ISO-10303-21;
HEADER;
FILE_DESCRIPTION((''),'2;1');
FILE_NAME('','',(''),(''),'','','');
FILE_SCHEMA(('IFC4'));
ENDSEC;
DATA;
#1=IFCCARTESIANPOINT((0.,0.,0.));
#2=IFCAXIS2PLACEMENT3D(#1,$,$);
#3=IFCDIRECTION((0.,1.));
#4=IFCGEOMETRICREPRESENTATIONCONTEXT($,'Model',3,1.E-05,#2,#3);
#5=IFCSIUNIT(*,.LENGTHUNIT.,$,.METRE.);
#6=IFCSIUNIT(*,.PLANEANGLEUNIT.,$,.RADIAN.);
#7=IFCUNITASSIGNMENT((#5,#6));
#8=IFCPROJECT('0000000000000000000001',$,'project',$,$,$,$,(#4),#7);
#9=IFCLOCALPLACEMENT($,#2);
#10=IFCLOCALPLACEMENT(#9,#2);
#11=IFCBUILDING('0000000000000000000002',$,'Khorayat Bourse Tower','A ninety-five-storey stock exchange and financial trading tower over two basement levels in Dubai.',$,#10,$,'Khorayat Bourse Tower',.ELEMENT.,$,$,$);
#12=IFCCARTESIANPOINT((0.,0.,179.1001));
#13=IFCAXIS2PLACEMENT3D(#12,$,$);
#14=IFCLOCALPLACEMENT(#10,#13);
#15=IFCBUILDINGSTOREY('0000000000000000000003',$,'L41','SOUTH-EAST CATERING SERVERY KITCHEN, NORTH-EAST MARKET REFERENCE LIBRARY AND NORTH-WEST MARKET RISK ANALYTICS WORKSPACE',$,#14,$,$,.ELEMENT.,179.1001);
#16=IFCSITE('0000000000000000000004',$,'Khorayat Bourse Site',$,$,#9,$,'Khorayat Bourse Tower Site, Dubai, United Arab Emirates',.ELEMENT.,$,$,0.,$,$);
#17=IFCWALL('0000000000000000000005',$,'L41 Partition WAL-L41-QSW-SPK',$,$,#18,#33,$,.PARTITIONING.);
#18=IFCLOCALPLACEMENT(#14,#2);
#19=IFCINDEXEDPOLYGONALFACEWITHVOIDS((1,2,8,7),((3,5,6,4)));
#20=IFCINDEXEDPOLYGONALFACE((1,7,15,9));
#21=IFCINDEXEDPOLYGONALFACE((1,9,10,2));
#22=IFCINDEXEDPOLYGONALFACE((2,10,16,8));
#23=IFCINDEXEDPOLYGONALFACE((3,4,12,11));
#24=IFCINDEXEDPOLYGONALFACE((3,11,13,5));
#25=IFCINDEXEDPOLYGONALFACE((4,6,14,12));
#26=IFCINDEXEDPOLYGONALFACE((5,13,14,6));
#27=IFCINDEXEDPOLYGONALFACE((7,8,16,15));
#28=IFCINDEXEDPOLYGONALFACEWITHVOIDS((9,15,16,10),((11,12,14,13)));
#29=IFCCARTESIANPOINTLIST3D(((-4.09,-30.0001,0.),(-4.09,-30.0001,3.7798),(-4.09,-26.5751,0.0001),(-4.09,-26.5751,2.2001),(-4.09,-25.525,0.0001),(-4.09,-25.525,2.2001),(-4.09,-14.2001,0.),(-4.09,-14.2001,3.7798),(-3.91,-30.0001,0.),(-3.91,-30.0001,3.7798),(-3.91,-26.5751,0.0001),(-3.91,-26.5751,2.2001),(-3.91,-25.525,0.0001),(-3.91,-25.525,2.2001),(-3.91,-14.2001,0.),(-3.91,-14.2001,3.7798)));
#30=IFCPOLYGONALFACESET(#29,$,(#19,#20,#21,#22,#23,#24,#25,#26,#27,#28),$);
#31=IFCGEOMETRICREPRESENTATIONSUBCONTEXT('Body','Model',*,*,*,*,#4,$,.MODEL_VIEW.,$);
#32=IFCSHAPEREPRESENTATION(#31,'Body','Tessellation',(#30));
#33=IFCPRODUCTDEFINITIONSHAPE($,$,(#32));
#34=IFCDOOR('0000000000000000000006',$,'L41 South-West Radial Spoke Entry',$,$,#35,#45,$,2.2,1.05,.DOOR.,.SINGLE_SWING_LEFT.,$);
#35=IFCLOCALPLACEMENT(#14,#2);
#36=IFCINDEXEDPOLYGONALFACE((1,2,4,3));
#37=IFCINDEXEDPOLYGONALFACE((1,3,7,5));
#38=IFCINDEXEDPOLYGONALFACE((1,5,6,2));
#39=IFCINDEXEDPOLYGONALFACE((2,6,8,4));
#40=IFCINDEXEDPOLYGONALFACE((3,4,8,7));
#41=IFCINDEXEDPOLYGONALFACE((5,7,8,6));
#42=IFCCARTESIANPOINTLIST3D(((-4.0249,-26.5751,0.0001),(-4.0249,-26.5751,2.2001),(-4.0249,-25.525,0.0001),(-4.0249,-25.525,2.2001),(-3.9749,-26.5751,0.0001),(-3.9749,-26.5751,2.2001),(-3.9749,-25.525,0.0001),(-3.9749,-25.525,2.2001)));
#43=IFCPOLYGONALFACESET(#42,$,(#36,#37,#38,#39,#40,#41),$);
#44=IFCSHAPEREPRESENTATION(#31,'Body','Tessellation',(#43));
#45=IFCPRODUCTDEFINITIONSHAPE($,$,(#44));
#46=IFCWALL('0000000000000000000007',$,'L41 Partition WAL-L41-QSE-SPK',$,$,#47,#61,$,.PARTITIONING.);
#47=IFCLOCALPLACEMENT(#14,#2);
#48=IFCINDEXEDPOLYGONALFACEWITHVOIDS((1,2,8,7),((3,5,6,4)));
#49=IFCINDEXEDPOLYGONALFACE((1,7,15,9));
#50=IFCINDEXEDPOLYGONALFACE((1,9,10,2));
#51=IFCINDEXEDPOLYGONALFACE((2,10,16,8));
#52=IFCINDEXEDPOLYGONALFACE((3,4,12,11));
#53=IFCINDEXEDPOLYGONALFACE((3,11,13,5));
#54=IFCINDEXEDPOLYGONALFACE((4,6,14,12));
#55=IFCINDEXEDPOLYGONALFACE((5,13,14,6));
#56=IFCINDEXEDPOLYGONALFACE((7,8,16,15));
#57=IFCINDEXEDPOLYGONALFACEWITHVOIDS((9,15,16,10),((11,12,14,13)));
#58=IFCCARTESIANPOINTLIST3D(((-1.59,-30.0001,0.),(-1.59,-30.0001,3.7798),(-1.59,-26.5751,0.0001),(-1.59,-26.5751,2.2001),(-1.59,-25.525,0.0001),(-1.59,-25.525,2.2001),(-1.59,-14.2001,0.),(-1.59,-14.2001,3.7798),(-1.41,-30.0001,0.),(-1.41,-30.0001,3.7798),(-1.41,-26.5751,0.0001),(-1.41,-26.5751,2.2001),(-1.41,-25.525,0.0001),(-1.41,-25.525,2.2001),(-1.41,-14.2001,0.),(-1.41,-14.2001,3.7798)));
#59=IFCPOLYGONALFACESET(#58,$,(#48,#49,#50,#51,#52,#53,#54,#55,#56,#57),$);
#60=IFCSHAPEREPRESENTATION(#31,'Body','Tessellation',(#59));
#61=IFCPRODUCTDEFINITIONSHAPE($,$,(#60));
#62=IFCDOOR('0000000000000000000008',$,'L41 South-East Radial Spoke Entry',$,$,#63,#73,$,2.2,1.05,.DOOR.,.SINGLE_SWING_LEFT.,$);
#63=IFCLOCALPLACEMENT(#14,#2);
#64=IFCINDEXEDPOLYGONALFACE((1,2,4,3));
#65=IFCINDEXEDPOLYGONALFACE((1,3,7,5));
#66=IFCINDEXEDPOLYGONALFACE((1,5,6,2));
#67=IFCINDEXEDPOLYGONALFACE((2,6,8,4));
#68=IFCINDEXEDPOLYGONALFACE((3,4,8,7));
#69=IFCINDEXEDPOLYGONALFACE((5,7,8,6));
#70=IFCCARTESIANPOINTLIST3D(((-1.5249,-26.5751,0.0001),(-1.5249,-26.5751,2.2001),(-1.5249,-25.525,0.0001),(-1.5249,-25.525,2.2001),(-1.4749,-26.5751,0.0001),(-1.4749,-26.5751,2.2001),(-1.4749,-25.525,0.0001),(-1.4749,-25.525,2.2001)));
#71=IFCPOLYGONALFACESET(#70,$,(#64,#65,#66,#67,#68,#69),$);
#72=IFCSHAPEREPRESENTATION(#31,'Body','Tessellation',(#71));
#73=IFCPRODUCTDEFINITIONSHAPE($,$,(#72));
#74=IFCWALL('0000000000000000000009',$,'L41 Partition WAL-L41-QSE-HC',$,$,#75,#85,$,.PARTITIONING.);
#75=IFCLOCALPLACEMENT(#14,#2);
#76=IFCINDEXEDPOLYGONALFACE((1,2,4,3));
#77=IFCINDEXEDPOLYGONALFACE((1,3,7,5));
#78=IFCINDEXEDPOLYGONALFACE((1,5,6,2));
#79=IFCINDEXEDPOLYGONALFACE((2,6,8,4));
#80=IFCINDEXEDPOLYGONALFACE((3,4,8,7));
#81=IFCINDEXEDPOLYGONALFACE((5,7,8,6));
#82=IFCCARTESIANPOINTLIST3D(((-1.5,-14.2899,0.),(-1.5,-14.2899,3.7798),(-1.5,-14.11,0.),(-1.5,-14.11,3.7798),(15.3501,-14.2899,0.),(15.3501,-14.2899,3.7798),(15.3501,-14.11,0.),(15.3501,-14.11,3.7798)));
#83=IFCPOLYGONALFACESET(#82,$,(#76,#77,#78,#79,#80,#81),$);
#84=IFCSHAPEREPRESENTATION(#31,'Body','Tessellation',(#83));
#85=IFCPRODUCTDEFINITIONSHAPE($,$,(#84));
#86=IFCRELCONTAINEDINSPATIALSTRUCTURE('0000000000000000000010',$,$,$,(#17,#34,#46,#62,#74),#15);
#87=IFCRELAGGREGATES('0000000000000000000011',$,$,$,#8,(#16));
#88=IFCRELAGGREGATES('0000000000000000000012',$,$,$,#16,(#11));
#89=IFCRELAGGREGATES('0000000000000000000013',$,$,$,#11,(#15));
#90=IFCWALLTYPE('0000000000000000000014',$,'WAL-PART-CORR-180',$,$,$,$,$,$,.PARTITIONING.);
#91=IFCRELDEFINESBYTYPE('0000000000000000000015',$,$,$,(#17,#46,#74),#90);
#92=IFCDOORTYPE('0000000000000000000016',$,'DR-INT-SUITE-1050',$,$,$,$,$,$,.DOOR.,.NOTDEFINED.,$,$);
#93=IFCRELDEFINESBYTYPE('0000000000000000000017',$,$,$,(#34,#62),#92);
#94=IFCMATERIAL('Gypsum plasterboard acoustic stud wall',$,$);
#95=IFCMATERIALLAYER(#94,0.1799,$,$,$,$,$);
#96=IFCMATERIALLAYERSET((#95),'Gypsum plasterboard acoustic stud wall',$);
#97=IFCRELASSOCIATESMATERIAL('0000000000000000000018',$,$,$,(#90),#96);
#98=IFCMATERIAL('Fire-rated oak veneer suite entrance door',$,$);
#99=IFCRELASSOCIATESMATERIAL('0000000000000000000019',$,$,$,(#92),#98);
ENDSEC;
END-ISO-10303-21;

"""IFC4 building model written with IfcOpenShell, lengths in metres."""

from ifc_helpers import new_model, si_unit, direction, frame, frame_2d, origin, place, context, subcontext, project, spatial, rectangle, extrude, source, transform, mapped, material, layer, layer_set, type_object, element, fill, save


model = new_model("IFC4")

# Units and contexts
model_context = context("Model", 3, precision=1e-05, world=origin(), true_north=direction((0.0, 1.0)))
body_context = subcontext(model_context, "Body", "Model", "MODEL_VIEW")
ifc_project = project(units=[si_unit("LENGTHUNIT", "METRE"), si_unit("PLANEANGLEUNIT", "RADIAN")], contexts=[model_context])

# Site, building, storey
site_placement = place(None, origin())
site = spatial("IfcSite", under=ifc_project, at=site_placement, Name="Khorayat Bourse Site", LongName="Khorayat Bourse Tower Site, Dubai, United Arab Emirates", CompositionType="ELEMENT", RefElevation=0.0)
building_placement = place(site_placement, origin())
building = spatial("IfcBuilding", under=site, at=building_placement, Name="Khorayat Bourse Tower", Description="A ninety-five-storey stock exchange and financial trading tower over two basement levels in Dubai.", LongName="Khorayat Bourse Tower", CompositionType="ELEMENT")
storey_placement = place(building_placement, frame((0.0, 0.0, 179.1001)))
storey = spatial("IfcBuildingStorey", under=building, at=storey_placement, Name="L41", Description="SOUTH-EAST CATERING SERVERY KITCHEN, NORTH-EAST MARKET REFERENCE LIBRARY AND NORTH-WEST MARKET RISK ANALYTICS WORKSPACE", CompositionType="ELEMENT", Elevation=179.1001)

# Shared definitions
ifc_material_1 = material(Name="Gypsum plasterboard acoustic stud wall")
ifc_layer_1 = layer(ifc_material_1, 0.1799)
ifc_layer_set_1 = layer_set([ifc_layer_1], Name="Gypsum plasterboard acoustic stud wall")
wall_type = type_object("IfcWallType", Name="WAL-PART-CORR-180", PredefinedType="PARTITIONING", material=ifc_layer_set_1)

# Walls, openings, doors
shared_shape_1 = source(origin(), body_context, "Body", "SweptSolid", [
    extrude(rectangle(XDim=15.8, YDim=0.1799, at=frame_2d((7.8999, 0.0))), origin(), (0.0, 0.0, 1.0), 3.7798),
])
wall_1_placement = place(storey_placement, frame((-4.0, -30.0, 0.0), z_axis=(0.0, 0.0, 1.0), x_axis=(0.0, 1.0, 0.0)))
wall_1 = element("IfcWall", 1, at=wall_1_placement, inside=storey, type_object=wall_type, Name="L41 Partition WAL-L41-QSW-SPK", PredefinedType="PARTITIONING", context=body_context, shape_type="MappedRepresentation", body=[
    mapped(shared_shape_1, transform((0.0, 0.0, 0.0), scale=1.0)),
])
shared_shape_2 = source(origin(), body_context, "Body", "SweptSolid", [
    extrude(rectangle(XDim=1.05, YDim=2.2, at=frame_2d((0.5249, 1.1001))), frame((0.0, 0.0999, 0.0), z_axis=(0.0, -1.0, 0.0), x_axis=(1.0, 0.0, 0.0)), (0.0, 0.0, 1.0), 0.2),
])
opening_1_placement = place(wall_1_placement, frame((3.425, 0.0, 0.0)))
opening_1 = element("IfcOpeningElement", 2, at=opening_1_placement, cuts=wall_1, PredefinedType="OPENING", context=body_context, shape_type="MappedRepresentation", body=[
    mapped(shared_shape_2, transform((0.0, 0.0, 0.0), scale=1.0)),
])
ifc_material_2 = material(Name="Fire-rated oak veneer suite entrance door")
door_type = type_object("IfcDoorType", Name="DR-INT-SUITE-1050", OperationType="NOTDEFINED", PredefinedType="DOOR", material=ifc_material_2)
shared_shape_3 = source(origin(), body_context, "Body", "SweptSolid", [
    extrude(rectangle(XDim=1.05, YDim=2.2, at=frame_2d((0.5249, 1.1001))), frame((0.0, 0.0249, 0.0), z_axis=(0.0, -1.0, 0.0), x_axis=(1.0, 0.0, 0.0)), (0.0, 0.0, 1.0), 0.05),
])
door_1_placement = place(opening_1_placement, origin())
door_1 = element("IfcDoor", 3, at=door_1_placement, inside=storey, type_object=door_type, Name="L41 South-West Radial Spoke Entry", OperationType="SINGLE_SWING_LEFT", OverallHeight=2.2, OverallWidth=1.05, PredefinedType="DOOR", context=body_context, shape_type="MappedRepresentation", body=[
    mapped(shared_shape_3, transform((0.0, 0.0, 0.0), scale=1.0)),
])
fill(opening_1, door_1)
wall_2_placement = place(storey_placement, frame((-1.5, -30.0, 0.0), z_axis=(0.0, 0.0, 1.0), x_axis=(0.0, 1.0, 0.0)))
wall_2 = element("IfcWall", 4, at=wall_2_placement, inside=storey, type_object=wall_type, Name="L41 Partition WAL-L41-QSE-SPK", PredefinedType="PARTITIONING", context=body_context, shape_type="MappedRepresentation", body=[
    mapped(shared_shape_1, transform((0.0, 0.0, 0.0), scale=1.0)),
])
opening_2_placement = place(wall_2_placement, frame((3.425, 0.0, 0.0)))
opening_2 = element("IfcOpeningElement", 5, at=opening_2_placement, cuts=wall_2, PredefinedType="OPENING", context=body_context, shape_type="MappedRepresentation", body=[
    mapped(shared_shape_2, transform((0.0, 0.0, 0.0), scale=1.0)),
])
door_2_placement = place(opening_2_placement, origin())
door_2 = element("IfcDoor", 6, at=door_2_placement, inside=storey, type_object=door_type, Name="L41 South-East Radial Spoke Entry", OperationType="SINGLE_SWING_LEFT", OverallHeight=2.2, OverallWidth=1.05, PredefinedType="DOOR", context=body_context, shape_type="MappedRepresentation", body=[
    mapped(shared_shape_3, transform((0.0, 0.0, 0.0), scale=1.0)),
])
fill(opening_2, door_2)

# Wall
shared_shape_4 = source(origin(), body_context, "Body", "SweptSolid", [
    extrude(rectangle(XDim=16.8501, YDim=0.1799, at=frame_2d((8.425, 0.0))), origin(), (0.0, 0.0, 1.0), 3.7798),
])
wall_3_placement = place(storey_placement, frame((-1.5, -14.2, 0.0), z_axis=(0.0, 0.0, 1.0), x_axis=(1.0, 0.0, 0.0)))
element("IfcWall", 7, at=wall_3_placement, inside=storey, type_object=wall_type, Name="L41 Partition WAL-L41-QSE-HC", PredefinedType="PARTITIONING", context=body_context, shape_type="MappedRepresentation", body=[
    mapped(shared_shape_4, transform((0.0, 0.0, 0.0), scale=1.0)),
])

save(model, "model.ifc")
